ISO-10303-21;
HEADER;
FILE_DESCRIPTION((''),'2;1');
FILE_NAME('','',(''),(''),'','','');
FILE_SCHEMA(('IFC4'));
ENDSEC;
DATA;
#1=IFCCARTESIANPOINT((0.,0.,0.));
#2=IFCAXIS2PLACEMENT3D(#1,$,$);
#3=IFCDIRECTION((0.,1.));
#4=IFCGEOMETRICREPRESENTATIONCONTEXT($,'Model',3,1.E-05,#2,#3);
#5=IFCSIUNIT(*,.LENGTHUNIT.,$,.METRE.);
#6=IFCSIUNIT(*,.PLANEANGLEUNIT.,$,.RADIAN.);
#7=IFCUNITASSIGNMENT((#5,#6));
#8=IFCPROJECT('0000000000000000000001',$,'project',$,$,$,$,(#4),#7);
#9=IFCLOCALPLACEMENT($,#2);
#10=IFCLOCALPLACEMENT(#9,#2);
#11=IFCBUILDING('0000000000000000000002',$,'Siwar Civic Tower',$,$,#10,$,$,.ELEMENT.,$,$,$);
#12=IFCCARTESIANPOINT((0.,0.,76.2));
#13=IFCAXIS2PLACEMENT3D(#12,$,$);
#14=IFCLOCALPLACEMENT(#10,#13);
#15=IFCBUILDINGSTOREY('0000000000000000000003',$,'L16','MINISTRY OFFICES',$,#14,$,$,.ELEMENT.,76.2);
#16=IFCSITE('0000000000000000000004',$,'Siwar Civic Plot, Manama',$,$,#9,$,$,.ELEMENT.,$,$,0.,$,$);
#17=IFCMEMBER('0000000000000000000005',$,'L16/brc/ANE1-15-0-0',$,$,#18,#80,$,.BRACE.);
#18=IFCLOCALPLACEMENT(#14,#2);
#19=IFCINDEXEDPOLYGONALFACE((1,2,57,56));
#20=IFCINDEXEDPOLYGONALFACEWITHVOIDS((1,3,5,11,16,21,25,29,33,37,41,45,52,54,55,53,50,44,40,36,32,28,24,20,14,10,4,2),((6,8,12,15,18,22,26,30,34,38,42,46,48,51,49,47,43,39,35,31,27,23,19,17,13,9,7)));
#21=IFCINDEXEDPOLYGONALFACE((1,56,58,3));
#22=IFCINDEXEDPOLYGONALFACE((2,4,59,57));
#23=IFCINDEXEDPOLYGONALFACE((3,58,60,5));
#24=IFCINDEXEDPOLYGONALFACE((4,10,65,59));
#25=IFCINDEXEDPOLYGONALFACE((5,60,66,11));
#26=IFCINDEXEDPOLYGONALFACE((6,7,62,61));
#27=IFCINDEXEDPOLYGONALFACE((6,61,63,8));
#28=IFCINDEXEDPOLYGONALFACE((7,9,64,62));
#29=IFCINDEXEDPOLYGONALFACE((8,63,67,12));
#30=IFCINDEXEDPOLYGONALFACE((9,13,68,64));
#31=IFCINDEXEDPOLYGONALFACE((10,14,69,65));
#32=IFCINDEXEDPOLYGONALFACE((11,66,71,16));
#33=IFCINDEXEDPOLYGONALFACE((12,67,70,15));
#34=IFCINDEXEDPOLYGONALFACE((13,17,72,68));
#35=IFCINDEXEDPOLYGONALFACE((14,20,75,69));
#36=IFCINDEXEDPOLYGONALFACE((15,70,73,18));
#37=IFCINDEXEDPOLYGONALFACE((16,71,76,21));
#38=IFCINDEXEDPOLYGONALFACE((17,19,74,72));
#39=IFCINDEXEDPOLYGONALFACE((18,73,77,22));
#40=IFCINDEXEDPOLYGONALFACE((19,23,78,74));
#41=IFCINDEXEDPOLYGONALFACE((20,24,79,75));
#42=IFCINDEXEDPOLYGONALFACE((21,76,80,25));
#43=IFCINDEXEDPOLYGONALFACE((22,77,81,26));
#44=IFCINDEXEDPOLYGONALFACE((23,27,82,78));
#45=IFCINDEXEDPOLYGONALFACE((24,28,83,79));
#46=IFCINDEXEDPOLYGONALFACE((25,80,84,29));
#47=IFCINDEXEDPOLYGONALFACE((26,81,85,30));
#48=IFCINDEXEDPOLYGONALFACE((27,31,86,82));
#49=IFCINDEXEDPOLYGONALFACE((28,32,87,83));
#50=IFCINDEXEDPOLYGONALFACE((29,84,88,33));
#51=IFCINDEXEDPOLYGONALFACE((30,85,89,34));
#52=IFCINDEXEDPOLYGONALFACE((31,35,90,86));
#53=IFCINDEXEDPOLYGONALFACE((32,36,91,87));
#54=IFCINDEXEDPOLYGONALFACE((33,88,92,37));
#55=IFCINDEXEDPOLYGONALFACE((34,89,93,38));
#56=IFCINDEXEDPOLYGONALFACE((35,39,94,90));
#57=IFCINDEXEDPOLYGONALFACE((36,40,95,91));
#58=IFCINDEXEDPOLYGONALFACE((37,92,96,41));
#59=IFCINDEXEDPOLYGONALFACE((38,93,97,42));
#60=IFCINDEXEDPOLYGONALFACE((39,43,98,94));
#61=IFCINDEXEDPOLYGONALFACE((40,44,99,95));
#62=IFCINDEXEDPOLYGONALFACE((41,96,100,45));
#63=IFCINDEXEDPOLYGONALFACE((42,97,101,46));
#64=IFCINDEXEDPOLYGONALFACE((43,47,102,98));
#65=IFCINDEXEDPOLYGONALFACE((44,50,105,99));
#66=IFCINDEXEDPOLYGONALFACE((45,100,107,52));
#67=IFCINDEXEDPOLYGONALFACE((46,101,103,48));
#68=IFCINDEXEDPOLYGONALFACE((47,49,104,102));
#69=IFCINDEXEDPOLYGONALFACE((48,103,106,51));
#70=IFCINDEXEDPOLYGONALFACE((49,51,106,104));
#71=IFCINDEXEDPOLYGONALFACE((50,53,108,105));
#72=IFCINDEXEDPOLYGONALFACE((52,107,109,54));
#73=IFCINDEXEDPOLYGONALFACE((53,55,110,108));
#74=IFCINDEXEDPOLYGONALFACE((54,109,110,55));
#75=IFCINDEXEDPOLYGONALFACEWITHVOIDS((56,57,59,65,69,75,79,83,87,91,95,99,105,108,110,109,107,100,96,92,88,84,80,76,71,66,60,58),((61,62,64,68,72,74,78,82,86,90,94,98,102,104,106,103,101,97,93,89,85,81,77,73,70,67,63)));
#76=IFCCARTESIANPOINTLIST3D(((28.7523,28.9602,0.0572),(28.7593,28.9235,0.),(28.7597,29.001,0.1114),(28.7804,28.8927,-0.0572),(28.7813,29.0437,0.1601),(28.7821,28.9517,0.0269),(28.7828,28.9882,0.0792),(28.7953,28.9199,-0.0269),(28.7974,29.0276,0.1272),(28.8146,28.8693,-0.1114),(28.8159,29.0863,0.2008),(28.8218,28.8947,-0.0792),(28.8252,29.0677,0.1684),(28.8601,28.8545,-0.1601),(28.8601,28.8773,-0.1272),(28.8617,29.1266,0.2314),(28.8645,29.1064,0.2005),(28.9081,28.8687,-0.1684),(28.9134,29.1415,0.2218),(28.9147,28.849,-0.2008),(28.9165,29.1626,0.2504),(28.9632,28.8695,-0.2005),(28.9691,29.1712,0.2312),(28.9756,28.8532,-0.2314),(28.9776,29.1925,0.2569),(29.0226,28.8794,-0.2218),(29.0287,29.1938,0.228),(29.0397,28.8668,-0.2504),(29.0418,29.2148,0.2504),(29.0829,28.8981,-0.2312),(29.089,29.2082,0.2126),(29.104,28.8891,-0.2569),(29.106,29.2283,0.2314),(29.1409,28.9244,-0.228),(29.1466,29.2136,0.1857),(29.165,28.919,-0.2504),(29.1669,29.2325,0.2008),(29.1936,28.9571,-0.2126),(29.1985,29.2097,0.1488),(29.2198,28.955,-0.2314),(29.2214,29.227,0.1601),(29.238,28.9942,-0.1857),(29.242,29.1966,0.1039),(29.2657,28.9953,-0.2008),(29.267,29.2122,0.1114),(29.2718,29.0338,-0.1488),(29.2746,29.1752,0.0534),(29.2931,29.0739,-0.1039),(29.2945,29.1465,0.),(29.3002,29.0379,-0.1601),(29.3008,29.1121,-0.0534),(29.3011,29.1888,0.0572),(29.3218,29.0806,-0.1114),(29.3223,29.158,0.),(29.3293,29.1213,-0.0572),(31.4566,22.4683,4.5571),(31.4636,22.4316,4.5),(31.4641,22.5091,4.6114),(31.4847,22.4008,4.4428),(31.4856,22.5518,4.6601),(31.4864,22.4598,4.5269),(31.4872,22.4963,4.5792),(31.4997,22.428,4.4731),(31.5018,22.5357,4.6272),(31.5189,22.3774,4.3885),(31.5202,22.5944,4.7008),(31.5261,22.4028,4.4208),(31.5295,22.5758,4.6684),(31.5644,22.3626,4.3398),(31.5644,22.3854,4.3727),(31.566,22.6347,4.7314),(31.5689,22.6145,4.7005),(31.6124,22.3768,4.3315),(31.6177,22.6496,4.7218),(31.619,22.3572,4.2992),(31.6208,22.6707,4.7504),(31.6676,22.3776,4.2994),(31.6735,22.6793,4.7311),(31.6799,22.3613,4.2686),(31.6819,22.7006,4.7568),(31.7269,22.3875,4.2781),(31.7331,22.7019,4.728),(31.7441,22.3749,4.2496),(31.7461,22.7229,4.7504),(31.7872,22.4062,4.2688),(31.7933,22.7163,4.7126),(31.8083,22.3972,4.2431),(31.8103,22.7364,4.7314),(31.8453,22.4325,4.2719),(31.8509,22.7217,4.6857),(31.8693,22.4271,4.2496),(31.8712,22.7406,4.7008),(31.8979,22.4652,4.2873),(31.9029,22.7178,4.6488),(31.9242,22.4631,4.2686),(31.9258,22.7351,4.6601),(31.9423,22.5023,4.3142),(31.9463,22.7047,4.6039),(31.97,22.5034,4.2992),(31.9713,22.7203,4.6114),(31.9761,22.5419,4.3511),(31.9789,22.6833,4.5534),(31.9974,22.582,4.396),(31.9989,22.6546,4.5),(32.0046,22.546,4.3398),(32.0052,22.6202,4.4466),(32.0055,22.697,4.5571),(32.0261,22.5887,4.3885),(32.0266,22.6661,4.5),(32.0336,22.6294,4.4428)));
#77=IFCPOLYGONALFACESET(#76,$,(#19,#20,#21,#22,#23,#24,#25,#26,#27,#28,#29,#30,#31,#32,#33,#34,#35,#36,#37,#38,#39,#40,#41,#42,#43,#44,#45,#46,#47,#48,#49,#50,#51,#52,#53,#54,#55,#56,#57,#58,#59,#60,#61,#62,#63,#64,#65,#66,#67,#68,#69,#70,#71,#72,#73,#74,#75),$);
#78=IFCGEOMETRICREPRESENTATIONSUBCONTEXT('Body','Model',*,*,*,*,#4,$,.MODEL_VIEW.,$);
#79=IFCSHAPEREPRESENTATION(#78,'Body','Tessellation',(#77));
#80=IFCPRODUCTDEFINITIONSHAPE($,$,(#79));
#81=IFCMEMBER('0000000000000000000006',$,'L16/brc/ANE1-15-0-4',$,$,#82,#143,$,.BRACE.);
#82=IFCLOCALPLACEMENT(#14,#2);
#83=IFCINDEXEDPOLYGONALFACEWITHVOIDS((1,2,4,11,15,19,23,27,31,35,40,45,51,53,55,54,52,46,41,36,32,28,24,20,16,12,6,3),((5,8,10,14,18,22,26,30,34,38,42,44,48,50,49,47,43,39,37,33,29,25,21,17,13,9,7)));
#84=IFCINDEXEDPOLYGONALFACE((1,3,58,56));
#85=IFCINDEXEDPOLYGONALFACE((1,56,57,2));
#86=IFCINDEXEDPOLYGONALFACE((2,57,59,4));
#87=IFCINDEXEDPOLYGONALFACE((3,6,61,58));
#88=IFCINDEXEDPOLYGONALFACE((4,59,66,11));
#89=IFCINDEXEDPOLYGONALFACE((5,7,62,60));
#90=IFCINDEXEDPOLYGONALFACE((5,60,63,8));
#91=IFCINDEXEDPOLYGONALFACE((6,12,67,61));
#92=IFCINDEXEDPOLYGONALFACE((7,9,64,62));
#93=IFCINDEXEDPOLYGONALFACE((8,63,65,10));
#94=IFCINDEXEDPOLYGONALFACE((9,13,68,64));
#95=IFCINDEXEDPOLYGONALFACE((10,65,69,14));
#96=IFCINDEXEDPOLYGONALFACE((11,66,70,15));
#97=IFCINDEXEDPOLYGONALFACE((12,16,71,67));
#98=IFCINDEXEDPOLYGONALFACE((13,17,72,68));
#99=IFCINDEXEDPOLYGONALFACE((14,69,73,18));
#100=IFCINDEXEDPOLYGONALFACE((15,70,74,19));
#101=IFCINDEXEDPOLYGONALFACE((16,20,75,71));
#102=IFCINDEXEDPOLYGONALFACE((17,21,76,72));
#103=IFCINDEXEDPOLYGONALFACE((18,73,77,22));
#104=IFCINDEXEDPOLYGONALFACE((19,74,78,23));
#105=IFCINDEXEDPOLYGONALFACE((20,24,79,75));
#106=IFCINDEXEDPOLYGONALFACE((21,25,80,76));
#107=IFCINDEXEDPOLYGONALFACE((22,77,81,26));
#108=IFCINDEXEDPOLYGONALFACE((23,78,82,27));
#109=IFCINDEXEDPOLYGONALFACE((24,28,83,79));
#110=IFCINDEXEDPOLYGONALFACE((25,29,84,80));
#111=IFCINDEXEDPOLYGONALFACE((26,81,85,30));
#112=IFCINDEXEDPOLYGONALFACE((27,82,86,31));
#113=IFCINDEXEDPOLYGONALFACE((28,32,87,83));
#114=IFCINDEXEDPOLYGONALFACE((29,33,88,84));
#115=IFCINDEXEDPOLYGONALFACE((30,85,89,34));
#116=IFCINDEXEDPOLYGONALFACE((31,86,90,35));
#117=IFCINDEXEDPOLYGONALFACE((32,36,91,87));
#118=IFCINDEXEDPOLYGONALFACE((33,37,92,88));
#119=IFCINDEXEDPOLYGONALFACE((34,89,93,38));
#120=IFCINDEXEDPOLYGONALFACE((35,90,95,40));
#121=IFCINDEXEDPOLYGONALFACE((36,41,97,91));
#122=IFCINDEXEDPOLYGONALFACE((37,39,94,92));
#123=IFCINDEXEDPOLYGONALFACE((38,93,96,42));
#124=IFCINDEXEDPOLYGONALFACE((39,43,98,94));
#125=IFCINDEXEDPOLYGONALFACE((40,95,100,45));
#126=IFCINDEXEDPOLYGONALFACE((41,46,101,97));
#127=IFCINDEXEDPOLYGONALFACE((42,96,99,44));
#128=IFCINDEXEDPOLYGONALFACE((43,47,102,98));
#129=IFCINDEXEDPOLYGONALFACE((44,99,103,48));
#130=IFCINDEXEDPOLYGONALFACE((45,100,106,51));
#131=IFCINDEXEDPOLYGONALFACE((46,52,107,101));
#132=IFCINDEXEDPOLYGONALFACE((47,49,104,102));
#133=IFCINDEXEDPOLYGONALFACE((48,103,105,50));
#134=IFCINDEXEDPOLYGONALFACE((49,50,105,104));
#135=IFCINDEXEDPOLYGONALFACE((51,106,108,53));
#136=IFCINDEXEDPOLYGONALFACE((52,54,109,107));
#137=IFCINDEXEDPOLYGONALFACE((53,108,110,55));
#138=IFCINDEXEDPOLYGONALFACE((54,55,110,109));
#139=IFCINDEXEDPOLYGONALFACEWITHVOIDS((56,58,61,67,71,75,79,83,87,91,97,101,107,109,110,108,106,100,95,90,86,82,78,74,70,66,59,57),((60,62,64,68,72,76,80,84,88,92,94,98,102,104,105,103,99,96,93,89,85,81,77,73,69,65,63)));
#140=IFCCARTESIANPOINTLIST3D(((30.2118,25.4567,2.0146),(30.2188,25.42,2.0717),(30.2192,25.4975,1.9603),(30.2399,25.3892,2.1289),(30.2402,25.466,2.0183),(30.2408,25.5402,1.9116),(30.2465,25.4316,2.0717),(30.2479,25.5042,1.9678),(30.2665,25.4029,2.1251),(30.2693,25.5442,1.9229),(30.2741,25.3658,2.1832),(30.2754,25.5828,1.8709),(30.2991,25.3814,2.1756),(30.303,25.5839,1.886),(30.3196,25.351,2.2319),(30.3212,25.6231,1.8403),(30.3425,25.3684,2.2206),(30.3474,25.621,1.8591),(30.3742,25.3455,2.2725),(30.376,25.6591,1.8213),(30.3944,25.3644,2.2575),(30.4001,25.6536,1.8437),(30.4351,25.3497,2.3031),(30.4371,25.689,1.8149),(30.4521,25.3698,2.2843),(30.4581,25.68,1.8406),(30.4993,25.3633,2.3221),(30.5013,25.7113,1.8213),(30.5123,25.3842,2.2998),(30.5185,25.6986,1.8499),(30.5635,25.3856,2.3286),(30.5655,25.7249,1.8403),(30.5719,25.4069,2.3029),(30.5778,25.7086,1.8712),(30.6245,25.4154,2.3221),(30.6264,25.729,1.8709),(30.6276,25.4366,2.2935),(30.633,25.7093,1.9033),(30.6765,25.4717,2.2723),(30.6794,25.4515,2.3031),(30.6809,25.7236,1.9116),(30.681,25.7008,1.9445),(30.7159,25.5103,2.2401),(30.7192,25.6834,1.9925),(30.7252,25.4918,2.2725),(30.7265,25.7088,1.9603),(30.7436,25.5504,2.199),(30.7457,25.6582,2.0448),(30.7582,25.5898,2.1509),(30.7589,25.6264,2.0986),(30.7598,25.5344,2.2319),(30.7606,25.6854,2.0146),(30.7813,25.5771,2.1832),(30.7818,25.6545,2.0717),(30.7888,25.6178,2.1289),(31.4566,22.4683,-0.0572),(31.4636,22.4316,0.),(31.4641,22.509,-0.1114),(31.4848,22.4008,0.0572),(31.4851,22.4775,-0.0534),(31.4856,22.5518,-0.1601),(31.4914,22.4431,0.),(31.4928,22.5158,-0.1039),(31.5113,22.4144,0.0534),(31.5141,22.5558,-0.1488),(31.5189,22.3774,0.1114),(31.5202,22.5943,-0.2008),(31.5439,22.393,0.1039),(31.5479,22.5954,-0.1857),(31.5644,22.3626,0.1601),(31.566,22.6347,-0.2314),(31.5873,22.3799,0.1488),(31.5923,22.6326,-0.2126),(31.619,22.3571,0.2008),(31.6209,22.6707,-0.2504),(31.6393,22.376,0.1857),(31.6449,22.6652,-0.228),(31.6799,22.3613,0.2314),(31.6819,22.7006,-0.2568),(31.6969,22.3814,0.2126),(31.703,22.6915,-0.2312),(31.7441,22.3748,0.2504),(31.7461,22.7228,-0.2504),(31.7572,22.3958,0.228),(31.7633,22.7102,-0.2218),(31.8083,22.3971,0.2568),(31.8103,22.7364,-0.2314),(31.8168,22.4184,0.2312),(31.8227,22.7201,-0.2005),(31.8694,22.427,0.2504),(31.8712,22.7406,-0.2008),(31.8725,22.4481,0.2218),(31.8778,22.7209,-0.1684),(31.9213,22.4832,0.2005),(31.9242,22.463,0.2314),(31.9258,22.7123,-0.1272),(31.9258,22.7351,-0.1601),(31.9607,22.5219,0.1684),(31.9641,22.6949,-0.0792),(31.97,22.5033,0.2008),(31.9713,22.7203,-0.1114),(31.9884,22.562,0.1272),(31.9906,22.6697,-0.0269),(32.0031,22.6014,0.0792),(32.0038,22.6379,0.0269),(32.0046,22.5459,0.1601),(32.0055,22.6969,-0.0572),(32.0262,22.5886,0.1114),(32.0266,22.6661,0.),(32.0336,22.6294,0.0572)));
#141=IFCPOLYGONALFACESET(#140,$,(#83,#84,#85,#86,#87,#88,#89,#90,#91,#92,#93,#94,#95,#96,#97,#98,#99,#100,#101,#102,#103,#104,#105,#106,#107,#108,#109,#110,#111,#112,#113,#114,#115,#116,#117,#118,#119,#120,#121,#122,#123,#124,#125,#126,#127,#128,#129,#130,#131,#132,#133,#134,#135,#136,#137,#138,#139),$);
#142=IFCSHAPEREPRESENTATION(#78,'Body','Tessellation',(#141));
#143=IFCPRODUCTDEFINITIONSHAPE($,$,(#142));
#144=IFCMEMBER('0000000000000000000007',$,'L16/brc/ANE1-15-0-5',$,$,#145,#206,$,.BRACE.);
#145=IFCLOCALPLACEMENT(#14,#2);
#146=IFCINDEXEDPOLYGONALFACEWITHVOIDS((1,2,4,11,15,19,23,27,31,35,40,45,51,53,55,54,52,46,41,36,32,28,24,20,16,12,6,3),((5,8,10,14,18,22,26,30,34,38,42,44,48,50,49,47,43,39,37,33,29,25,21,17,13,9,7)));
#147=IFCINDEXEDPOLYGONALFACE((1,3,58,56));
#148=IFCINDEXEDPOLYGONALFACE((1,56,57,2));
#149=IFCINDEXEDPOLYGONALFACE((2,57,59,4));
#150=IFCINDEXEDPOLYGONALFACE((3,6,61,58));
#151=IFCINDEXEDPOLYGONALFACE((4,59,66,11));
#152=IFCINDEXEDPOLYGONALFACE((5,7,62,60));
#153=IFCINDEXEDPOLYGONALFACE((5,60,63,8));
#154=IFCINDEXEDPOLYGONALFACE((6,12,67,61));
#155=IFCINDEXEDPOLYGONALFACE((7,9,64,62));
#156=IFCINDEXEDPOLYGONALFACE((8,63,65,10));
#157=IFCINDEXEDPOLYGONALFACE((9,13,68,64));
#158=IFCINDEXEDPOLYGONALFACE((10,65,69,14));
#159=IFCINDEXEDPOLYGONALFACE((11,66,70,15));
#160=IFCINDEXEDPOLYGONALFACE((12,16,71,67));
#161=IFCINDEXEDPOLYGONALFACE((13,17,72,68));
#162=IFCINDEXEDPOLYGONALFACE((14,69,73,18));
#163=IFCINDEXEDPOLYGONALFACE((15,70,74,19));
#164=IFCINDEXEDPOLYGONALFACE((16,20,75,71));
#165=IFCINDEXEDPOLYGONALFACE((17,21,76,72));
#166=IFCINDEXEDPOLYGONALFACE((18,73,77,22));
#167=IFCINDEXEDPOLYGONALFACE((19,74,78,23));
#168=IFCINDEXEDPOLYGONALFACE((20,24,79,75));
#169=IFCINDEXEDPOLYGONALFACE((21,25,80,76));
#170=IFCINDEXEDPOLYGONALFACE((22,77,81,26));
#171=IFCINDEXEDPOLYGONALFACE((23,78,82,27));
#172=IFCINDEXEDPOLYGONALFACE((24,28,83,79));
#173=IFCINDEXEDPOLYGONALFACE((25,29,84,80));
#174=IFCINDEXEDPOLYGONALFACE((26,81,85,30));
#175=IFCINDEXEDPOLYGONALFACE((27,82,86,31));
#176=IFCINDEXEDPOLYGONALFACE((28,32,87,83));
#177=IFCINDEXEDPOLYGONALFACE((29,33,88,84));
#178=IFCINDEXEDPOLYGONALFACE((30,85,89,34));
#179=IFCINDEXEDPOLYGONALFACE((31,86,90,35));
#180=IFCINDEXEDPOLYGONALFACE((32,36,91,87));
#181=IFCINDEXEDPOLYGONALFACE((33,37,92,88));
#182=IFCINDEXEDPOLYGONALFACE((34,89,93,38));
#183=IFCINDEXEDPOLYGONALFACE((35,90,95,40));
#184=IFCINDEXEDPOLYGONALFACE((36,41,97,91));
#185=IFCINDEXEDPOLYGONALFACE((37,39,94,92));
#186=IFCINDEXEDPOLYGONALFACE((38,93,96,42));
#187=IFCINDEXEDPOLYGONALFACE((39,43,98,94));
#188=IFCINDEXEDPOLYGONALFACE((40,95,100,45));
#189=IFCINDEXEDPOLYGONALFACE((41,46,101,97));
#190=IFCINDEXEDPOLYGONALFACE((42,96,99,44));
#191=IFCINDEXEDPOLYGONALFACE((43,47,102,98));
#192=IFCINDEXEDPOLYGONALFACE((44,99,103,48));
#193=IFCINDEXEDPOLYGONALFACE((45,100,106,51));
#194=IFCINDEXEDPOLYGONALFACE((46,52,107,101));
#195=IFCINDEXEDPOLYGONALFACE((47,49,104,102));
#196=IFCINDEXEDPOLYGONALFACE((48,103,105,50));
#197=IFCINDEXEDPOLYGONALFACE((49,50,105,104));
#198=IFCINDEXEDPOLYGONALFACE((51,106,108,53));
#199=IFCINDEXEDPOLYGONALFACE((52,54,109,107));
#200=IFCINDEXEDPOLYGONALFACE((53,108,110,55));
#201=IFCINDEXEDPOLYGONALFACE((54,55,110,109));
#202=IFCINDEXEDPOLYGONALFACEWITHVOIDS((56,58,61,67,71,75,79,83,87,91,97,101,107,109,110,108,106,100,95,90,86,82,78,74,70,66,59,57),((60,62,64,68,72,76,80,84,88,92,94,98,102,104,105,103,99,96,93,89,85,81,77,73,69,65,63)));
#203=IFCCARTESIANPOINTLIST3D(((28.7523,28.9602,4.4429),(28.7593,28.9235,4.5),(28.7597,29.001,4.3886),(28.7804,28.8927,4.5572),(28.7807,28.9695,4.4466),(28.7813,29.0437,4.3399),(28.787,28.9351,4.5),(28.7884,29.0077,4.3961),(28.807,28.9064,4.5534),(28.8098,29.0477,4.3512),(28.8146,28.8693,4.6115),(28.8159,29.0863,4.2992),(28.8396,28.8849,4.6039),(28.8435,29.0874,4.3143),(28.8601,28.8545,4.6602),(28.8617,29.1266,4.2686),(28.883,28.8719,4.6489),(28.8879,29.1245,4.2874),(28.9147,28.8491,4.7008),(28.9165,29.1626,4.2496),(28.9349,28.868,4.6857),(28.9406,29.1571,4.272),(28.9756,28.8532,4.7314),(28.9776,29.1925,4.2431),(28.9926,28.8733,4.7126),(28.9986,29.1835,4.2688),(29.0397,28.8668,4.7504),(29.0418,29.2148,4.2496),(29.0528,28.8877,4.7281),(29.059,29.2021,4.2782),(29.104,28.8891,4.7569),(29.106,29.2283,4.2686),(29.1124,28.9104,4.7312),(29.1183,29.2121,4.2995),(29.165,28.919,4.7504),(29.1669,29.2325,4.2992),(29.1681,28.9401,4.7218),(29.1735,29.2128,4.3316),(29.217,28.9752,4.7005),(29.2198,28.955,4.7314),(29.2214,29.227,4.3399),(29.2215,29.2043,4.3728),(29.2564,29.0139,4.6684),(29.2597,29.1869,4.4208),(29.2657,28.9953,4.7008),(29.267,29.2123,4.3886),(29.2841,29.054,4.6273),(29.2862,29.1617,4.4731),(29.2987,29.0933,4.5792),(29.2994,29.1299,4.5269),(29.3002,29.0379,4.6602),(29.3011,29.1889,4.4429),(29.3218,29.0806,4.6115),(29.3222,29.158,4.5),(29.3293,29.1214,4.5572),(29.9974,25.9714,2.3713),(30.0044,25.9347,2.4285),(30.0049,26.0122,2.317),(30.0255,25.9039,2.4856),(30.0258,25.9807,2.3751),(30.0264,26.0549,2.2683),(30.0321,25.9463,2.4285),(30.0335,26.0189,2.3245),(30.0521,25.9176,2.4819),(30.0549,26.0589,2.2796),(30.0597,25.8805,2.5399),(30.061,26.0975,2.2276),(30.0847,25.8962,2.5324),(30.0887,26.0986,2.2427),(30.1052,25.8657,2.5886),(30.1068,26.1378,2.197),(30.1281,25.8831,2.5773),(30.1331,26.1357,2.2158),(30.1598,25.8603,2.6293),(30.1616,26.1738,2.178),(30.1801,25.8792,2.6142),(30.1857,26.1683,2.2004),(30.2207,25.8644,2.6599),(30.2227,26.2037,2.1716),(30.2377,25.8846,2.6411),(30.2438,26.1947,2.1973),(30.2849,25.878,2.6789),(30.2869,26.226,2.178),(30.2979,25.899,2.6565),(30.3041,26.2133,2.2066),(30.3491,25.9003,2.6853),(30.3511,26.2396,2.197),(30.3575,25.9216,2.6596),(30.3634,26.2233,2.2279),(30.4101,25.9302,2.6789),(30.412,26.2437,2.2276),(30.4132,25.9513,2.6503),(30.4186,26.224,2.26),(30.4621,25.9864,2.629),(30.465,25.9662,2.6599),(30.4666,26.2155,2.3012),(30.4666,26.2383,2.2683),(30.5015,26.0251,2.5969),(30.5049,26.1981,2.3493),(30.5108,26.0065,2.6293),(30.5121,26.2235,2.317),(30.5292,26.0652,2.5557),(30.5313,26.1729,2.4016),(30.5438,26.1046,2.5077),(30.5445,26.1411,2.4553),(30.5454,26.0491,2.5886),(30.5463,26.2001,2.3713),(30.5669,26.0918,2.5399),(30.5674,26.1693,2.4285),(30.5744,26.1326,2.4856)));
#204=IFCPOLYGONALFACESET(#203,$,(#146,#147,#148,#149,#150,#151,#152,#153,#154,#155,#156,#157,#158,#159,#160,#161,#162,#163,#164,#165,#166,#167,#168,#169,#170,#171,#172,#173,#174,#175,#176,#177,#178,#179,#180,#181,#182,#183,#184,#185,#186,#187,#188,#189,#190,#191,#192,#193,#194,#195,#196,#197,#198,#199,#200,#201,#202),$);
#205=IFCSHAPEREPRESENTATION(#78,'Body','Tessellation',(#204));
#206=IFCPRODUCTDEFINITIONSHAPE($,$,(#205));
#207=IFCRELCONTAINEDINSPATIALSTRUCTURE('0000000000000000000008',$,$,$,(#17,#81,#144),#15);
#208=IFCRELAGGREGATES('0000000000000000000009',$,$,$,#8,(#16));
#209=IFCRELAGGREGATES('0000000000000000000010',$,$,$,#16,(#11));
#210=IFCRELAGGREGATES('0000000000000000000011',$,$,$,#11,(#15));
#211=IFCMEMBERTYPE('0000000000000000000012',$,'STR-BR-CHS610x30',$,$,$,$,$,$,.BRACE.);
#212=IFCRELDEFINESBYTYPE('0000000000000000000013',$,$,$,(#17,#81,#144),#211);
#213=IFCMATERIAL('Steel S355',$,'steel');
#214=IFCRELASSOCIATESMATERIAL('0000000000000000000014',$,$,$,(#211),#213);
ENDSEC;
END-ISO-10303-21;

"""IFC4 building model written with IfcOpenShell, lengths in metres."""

from ifc_helpers import new_model, si_unit, direction, frame, origin, origin_2d, place, context, subcontext, project, spatial, hollow_circle, extrude, material, material_profile, profile_set, type_object, element, save


model = new_model("IFC4")

# Units and contexts
model_context = context("Model", 3, precision=1e-05, world=origin(), true_north=direction((0.0, 1.0)))
body_context = subcontext(model_context, "Body", "Model", "MODEL_VIEW")
ifc_project = project(units=[si_unit("LENGTHUNIT", "METRE"), si_unit("PLANEANGLEUNIT", "RADIAN")], contexts=[model_context])

# Site, building, storey
site_placement = place(None, origin())
site = spatial("IfcSite", under=ifc_project, at=site_placement, Name="Siwar Civic Plot, Manama", CompositionType="ELEMENT", RefElevation=0.0)
building_placement = place(site_placement, origin())
building = spatial("IfcBuilding", under=site, at=building_placement, Name="Siwar Civic Tower", CompositionType="ELEMENT")
storey_placement = place(building_placement, frame((0.0, 0.0, 76.2)))
storey = spatial("IfcBuildingStorey", under=building, at=storey_placement, Name="L16", Description="MINISTRY OFFICES", CompositionType="ELEMENT", Elevation=76.2)

# Members
ifc_material_1 = material(Name="Steel S355", Category="steel")
ifc_material_profile_1 = material_profile(ifc_material_1, hollow_circle(Radius=0.3049, WallThickness=0.03, at=origin_2d()), Name="CHS610x30")
ifc_profile_set_1 = profile_set([ifc_material_profile_1], Name="Steel S355")
member_type_1 = type_object("IfcMemberType", Name="STR-BR-CHS610x30", PredefinedType="BRACE", material=ifc_profile_set_1)
member_1_placement = place(storey_placement, frame((29.0408, 29.0408, 0.0), z_axis=(0.323906, -0.777555, 0.538975), x_axis=(0.923109, 0.384539, 0.0)))
element("IfcMember", 1, at=member_1_placement, inside=storey, type_object=member_type_1, Name="L16/brc/ANE1-15-0-0", PredefinedType="BRACE", context=body_context, shape_type="SweptSolid", body=[
    extrude(hollow_circle(Radius=0.3049, WallThickness=0.03, at=origin_2d()), origin(), (0.0, 0.0, 1.0), 8.3491),
])
member_2_placement = place(storey_placement, frame((31.7451, 22.5488, 0.0), z_axis=(-0.323882, 0.777533, 0.53902), x_axis=(-0.923115, -0.384524, 0.0)))
element("IfcMember", 2, at=member_2_placement, inside=storey, type_object=member_type_1, Name="L16/brc/ANE1-15-0-4", PredefinedType="BRACE", context=body_context, shape_type="SweptSolid", body=[
    extrude(hollow_circle(Radius=0.3049, WallThickness=0.03, at=origin_2d()), origin(), (0.0, 0.0, 1.0), 3.8435),
])
member_3_placement = place(storey_placement, frame((30.2859, 26.052, 2.4285), z_axis=(-0.323934, 0.777569, 0.538937), x_axis=(-0.923099, -0.384562, 0.0)))
element("IfcMember", 3, at=member_3_placement, inside=storey, type_object=member_type_1, Name="L16/brc/ANE1-15-0-5", PredefinedType="BRACE", context=body_context, shape_type="SweptSolid", body=[
    extrude(hollow_circle(Radius=0.3049, WallThickness=0.03, at=origin_2d()), origin(), (0.0, 0.0, 1.0), 3.8438),
])

save(model, "model.ifc")
